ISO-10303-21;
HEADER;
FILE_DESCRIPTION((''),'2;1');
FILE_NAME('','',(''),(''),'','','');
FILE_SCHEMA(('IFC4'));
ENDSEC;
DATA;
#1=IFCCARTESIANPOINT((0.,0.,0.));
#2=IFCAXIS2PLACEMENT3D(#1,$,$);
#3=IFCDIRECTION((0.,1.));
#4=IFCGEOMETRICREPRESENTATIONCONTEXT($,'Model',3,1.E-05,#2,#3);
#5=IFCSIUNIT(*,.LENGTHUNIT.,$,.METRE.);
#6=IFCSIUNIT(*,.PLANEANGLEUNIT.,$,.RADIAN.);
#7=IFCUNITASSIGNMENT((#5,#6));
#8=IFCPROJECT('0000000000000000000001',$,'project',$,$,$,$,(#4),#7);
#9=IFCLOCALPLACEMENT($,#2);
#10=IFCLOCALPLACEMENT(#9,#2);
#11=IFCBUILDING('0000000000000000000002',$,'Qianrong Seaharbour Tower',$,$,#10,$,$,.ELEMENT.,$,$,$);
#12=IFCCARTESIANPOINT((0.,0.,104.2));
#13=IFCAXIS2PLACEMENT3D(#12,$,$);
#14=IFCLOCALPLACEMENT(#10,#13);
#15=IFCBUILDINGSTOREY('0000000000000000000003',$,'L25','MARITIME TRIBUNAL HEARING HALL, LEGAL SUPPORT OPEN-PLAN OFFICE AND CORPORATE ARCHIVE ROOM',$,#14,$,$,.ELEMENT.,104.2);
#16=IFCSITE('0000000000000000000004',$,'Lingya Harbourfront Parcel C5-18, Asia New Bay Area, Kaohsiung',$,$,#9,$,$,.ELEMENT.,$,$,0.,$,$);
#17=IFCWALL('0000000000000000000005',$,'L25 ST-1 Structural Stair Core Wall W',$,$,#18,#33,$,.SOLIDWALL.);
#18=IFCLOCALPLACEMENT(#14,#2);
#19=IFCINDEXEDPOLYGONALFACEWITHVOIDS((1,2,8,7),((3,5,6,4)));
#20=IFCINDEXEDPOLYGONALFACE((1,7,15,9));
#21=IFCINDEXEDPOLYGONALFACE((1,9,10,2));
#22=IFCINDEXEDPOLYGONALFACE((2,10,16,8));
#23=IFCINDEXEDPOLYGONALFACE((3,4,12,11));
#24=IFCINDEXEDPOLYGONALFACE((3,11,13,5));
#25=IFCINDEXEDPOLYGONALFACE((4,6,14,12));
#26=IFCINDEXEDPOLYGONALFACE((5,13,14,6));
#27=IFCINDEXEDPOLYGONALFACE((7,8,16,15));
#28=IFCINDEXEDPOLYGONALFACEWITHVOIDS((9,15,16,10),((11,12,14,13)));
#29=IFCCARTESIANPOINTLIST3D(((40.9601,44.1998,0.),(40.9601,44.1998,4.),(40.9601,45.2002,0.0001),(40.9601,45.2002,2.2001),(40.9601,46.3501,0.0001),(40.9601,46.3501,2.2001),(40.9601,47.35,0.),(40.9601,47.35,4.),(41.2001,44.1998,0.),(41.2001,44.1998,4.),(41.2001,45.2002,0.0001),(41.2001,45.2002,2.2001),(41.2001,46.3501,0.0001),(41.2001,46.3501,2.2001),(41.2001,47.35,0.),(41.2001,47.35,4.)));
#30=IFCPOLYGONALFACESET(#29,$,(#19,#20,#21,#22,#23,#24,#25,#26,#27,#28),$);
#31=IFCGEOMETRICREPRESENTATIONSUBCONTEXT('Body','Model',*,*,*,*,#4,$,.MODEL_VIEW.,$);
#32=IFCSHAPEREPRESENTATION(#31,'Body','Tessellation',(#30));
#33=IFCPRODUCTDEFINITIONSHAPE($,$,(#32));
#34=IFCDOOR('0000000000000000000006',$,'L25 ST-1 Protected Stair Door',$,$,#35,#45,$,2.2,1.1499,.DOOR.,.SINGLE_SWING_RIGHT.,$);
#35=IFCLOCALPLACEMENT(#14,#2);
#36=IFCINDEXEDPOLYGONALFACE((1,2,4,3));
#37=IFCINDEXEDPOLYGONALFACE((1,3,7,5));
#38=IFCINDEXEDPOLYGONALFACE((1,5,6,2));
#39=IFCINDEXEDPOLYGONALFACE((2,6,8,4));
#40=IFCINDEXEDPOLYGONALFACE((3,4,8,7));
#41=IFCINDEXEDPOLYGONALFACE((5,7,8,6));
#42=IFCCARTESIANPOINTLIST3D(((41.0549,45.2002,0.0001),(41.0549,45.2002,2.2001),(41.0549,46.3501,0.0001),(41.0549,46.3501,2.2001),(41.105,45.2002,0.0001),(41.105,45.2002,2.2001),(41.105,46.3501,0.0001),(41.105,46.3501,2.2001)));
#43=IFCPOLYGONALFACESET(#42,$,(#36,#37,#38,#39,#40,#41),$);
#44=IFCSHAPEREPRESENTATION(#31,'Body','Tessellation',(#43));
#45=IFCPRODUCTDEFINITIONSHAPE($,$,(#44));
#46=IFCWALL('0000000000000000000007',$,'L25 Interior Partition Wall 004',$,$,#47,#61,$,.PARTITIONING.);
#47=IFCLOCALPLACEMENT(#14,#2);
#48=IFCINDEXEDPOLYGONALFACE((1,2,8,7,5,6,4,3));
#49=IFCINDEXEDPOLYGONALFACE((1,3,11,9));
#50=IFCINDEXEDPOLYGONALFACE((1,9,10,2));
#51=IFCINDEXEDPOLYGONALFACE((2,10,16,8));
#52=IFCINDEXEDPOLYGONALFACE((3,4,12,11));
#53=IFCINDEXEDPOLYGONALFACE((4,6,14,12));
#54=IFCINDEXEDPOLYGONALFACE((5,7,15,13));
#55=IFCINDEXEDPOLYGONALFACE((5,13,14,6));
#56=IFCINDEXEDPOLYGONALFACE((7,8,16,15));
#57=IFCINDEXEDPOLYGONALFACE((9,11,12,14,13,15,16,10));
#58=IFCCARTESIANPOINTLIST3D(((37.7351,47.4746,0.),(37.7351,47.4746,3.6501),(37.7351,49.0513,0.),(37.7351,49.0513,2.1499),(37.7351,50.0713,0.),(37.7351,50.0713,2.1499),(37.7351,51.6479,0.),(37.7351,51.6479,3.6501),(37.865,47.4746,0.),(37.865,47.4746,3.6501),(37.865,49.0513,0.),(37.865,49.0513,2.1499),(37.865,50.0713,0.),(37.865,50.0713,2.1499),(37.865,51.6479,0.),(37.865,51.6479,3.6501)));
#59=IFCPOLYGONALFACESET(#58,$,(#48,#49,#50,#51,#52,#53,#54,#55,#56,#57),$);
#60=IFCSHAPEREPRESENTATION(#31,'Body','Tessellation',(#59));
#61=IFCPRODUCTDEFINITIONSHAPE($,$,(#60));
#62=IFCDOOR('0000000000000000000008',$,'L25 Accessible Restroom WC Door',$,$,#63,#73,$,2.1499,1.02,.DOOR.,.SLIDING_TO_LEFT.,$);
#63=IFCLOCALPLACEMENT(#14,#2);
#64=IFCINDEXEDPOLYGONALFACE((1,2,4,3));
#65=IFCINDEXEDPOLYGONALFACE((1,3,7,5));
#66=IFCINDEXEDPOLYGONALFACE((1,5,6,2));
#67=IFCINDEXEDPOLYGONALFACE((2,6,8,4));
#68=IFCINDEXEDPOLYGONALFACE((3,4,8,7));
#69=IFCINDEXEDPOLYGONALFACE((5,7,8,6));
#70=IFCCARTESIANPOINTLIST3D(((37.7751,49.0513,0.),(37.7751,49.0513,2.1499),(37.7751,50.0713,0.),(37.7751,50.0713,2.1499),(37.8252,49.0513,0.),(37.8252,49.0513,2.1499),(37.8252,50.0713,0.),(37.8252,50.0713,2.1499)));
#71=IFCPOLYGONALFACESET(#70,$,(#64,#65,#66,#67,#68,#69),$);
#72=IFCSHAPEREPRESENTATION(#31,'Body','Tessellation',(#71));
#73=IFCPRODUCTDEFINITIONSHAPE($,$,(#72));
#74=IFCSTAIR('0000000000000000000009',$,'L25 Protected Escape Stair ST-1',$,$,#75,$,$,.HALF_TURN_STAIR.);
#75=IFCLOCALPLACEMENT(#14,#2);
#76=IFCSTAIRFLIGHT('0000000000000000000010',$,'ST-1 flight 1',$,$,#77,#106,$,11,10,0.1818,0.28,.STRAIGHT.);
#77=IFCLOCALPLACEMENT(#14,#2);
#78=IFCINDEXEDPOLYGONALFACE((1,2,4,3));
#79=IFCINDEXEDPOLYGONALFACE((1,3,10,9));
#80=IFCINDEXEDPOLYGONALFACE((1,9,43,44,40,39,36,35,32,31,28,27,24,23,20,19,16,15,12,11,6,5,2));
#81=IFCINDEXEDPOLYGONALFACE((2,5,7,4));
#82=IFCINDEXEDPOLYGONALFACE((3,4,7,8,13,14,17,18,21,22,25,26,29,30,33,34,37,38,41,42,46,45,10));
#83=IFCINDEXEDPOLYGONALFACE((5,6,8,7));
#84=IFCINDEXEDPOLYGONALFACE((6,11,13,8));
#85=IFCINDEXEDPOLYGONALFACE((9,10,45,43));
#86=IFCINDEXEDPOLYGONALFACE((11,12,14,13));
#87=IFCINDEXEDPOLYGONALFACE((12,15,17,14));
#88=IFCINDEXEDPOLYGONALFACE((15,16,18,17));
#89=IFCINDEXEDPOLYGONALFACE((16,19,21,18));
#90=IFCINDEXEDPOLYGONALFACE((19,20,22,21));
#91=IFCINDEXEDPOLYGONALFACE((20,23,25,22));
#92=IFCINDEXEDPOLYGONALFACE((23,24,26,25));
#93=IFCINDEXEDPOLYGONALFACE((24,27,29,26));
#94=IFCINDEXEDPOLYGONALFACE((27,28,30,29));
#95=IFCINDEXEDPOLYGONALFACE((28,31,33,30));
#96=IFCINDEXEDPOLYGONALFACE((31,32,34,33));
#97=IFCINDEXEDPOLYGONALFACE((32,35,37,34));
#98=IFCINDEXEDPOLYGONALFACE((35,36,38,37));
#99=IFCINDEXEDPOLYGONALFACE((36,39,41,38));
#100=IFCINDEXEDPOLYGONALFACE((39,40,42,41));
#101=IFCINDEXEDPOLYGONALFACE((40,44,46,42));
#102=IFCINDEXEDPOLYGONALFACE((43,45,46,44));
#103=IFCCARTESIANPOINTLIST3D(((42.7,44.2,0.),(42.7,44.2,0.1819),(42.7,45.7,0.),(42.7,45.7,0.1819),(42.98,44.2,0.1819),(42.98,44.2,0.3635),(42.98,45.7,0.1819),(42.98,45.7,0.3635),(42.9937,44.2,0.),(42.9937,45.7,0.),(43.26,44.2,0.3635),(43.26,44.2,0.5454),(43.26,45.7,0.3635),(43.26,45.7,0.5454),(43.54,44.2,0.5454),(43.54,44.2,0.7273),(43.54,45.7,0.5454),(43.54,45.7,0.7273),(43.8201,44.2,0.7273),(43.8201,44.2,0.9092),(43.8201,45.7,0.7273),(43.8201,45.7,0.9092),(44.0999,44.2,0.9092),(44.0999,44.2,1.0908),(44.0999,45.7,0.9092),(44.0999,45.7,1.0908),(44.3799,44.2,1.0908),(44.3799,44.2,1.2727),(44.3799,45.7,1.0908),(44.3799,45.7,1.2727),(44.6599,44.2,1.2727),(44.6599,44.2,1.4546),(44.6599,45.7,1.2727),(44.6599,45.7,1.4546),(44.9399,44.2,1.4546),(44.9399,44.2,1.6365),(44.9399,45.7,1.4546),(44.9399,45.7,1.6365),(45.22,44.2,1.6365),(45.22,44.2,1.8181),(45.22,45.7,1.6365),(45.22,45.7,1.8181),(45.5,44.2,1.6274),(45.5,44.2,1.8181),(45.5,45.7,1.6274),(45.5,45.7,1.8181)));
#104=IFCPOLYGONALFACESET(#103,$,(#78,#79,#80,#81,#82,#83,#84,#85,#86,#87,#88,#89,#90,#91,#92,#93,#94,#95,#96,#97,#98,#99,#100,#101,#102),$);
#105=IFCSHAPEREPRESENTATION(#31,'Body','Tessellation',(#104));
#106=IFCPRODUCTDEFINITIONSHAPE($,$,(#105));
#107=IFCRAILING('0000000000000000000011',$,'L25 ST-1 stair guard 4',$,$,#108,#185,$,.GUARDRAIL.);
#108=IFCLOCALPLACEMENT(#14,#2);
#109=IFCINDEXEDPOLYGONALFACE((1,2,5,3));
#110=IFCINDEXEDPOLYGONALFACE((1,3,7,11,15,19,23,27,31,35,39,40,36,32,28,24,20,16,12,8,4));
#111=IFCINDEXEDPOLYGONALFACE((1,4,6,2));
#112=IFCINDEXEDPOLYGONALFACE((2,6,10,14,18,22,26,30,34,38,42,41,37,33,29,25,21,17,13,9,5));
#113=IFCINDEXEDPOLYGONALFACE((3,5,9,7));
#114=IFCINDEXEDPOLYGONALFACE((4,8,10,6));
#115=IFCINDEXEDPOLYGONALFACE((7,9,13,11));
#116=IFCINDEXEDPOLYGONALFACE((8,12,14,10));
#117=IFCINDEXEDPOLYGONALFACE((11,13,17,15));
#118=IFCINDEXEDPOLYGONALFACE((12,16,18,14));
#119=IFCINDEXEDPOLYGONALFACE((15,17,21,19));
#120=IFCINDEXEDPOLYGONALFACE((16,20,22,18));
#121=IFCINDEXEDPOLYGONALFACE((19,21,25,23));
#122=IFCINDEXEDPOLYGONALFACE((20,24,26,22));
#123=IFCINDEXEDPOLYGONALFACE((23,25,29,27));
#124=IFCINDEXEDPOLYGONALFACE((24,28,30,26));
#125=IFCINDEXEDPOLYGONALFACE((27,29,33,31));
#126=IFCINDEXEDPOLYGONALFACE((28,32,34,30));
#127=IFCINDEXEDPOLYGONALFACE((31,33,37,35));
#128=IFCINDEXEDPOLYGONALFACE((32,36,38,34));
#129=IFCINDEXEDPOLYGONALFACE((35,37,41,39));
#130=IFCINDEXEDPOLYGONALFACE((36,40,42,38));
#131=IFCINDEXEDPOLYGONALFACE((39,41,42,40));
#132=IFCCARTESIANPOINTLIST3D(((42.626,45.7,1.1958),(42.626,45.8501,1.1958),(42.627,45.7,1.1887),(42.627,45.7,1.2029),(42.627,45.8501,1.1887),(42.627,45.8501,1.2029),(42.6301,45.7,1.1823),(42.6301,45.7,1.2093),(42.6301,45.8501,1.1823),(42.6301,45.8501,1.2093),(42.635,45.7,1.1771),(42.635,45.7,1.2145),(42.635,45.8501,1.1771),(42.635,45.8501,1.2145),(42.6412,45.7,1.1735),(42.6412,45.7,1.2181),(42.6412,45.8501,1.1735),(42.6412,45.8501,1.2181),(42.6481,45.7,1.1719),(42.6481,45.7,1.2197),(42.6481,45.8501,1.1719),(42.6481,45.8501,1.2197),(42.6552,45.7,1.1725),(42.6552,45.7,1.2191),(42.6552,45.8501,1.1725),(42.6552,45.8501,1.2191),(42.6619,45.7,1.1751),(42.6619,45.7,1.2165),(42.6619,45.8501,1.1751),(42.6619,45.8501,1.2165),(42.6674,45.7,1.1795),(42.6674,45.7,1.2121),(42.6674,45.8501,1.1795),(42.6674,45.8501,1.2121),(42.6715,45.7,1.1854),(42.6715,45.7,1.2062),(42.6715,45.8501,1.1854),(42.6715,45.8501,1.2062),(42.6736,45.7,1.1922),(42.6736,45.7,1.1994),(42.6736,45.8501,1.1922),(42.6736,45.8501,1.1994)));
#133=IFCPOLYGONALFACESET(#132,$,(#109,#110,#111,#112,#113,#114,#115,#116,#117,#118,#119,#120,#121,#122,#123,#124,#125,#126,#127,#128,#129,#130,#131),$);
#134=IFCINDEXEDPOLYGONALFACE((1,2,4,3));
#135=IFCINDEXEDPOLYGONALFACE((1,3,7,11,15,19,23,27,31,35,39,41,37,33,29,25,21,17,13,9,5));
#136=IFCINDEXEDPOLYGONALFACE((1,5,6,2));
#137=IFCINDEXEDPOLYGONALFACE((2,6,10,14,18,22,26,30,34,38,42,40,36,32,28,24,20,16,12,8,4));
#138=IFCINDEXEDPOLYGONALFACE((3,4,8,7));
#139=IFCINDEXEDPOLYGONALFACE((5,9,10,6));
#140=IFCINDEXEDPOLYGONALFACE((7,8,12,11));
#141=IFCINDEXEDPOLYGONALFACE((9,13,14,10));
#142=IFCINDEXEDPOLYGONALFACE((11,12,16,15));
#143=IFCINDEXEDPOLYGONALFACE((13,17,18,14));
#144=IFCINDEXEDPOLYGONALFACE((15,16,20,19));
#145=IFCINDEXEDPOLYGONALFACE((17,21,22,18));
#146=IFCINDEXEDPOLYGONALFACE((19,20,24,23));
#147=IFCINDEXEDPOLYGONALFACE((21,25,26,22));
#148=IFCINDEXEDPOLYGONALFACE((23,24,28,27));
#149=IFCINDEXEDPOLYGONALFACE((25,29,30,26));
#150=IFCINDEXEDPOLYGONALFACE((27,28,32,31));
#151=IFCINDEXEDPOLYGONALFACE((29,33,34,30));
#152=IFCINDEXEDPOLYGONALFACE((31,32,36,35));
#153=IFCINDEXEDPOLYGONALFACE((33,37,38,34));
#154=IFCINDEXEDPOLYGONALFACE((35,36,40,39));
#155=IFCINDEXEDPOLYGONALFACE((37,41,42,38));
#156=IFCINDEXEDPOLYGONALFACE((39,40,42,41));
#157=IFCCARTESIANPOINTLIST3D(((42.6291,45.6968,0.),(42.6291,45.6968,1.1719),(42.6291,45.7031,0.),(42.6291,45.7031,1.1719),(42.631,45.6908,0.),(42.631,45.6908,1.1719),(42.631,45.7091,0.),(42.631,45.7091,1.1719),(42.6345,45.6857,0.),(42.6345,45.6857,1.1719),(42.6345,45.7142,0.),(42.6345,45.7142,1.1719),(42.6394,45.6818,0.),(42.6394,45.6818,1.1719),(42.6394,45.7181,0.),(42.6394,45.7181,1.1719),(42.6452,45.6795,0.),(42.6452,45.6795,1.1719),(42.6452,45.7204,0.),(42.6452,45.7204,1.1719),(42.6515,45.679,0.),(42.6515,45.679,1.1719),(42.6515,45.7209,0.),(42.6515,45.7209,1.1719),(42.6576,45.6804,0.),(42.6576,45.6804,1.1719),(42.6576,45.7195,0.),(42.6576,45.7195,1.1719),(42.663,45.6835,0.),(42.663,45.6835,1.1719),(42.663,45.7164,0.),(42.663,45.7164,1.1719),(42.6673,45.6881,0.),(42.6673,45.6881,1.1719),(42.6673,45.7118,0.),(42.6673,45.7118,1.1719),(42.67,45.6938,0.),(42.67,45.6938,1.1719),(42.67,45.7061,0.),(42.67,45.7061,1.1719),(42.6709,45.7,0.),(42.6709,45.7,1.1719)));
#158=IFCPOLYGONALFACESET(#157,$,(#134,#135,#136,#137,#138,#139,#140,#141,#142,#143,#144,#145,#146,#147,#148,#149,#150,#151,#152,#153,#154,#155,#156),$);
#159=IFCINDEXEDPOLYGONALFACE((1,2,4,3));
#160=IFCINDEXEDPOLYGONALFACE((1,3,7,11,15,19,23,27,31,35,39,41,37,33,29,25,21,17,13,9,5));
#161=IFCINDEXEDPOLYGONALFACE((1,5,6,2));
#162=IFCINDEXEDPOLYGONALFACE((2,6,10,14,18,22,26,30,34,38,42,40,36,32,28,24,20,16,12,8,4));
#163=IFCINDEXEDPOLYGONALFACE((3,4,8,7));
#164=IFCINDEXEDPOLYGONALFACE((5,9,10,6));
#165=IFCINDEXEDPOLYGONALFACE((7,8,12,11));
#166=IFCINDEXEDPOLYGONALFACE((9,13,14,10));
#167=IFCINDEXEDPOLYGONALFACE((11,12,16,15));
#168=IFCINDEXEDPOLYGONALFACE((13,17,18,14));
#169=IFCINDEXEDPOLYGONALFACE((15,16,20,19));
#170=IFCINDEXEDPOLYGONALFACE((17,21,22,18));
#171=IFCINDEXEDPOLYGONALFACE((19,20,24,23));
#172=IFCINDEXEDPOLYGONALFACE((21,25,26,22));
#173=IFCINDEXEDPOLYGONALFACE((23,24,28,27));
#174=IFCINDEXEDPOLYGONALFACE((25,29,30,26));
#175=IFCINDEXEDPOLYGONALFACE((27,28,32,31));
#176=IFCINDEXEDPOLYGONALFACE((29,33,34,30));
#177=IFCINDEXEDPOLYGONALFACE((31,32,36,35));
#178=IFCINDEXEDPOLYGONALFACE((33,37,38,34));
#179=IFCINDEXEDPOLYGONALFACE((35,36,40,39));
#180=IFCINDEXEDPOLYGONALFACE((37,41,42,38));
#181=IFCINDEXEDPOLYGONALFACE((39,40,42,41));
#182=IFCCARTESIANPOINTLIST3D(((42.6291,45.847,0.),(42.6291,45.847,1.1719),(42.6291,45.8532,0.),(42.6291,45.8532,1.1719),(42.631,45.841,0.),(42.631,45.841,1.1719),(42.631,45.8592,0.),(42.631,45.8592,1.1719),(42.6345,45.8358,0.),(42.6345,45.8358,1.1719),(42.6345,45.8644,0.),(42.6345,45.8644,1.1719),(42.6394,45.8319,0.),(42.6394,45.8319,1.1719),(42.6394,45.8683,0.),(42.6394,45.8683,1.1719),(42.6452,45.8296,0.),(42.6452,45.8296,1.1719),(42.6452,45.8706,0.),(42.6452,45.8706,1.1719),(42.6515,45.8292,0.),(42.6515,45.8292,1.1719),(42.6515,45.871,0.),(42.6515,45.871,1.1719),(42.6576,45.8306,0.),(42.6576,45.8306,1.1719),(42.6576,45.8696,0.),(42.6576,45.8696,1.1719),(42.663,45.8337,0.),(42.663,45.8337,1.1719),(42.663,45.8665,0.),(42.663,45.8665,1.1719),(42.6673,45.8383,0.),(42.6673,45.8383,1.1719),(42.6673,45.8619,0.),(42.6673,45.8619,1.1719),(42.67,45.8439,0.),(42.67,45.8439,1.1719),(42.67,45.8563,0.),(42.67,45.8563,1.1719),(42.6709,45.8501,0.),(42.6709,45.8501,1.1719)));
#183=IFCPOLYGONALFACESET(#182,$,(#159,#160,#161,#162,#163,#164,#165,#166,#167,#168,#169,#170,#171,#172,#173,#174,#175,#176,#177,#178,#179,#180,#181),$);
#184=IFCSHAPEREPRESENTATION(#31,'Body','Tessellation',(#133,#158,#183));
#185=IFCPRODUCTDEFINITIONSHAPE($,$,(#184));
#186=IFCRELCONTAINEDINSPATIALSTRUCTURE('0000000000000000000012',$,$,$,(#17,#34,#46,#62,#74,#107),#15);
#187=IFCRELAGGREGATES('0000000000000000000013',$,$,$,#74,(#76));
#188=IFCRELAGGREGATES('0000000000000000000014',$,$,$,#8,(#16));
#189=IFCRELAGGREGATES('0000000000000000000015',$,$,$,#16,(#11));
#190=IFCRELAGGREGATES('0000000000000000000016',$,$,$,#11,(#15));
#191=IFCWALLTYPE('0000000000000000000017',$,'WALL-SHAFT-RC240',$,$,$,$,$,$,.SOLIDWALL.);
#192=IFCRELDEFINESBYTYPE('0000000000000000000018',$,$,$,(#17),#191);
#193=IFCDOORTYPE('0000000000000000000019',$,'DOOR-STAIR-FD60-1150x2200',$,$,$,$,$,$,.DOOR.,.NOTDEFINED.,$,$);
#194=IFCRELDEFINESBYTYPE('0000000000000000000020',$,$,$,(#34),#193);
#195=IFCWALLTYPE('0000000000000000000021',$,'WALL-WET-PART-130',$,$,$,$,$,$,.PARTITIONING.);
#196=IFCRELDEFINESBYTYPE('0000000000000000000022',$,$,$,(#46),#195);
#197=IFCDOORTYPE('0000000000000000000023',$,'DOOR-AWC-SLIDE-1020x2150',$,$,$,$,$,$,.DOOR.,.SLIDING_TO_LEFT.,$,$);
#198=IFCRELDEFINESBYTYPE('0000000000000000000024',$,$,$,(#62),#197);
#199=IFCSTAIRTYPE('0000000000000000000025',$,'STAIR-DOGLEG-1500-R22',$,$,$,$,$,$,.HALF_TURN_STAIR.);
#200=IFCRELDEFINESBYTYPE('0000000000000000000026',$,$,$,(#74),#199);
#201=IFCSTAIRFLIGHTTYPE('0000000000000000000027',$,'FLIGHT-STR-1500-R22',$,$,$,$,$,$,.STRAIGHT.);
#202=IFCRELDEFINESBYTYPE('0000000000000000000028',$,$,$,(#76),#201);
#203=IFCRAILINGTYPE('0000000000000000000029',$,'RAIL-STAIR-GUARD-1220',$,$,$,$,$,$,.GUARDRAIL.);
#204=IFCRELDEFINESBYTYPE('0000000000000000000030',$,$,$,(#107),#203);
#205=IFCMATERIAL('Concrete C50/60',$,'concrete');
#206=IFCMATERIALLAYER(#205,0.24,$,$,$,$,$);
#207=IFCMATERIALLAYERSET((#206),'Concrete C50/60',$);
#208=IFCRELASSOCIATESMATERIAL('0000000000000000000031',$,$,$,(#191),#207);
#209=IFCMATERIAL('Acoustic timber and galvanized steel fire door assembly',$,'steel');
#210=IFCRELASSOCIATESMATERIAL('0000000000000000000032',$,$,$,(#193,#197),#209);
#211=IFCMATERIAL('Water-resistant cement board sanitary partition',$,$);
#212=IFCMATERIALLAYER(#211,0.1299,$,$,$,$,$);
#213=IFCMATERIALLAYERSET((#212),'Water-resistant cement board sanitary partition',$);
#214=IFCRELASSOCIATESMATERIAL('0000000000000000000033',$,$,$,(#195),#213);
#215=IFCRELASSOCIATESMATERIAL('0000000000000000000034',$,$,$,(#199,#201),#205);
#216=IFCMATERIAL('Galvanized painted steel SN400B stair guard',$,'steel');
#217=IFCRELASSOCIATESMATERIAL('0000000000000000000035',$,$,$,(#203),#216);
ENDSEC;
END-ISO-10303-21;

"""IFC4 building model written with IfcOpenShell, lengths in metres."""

from ifc_helpers import new_model, si_unit, direction, frame, frame_2d, origin, origin_2d, place, context, subcontext, project, spatial, polyline, rectangle, circle, outline, extrude, material, layer, layer_set, type_object, element, fill, aggregate, save


model = new_model("IFC4")

# Units and contexts
model_context = context("Model", 3, precision=1e-05, world=origin(), true_north=direction((0.0, 1.0)))
body_context = subcontext(model_context, "Body", "Model", "MODEL_VIEW")
ifc_project = project(units=[si_unit("LENGTHUNIT", "METRE"), si_unit("PLANEANGLEUNIT", "RADIAN")], contexts=[model_context])

# Site, building, storey
site_placement = place(None, origin())
site = spatial("IfcSite", under=ifc_project, at=site_placement, Name="Lingya Harbourfront Parcel C5-18, Asia New Bay Area, Kaohsiung", CompositionType="ELEMENT", RefElevation=0.0)
building_placement = place(site_placement, origin())
building = spatial("IfcBuilding", under=site, at=building_placement, Name="Qianrong Seaharbour Tower", CompositionType="ELEMENT")
storey_placement = place(building_placement, frame((0.0, 0.0, 104.2)))
storey = spatial("IfcBuildingStorey", under=building, at=storey_placement, Name="L25", Description="MARITIME TRIBUNAL HEARING HALL, LEGAL SUPPORT OPEN-PLAN OFFICE AND CORPORATE ARCHIVE ROOM", CompositionType="ELEMENT", Elevation=104.2)

# Shared definitions
ifc_material_1 = material(Name="Acoustic timber and galvanized steel fire door assembly", Category="steel")

# Shared definitions
ifc_material_2 = material(Name="Concrete C50/60", Category="concrete")
ifc_layer_1 = layer(ifc_material_2, 0.24)
ifc_layer_set_1 = layer_set([ifc_layer_1], Name="Concrete C50/60")
wall_type_1 = type_object("IfcWallType", Name="WALL-SHAFT-RC240", PredefinedType="SOLIDWALL", material=ifc_layer_set_1)

# Walls, openings, doors
wall_1_placement = place(storey_placement, frame((41.0801, 47.3501, 0.0), z_axis=(0.0, 0.0, 1.0), x_axis=(0.0, -1.0, 0.0)))
wall_1 = element("IfcWall", 1, at=wall_1_placement, inside=storey, type_object=wall_type_1, Name="L25 ST-1 Structural Stair Core Wall W", PredefinedType="SOLIDWALL", context=body_context, shape_type="SweptSolid", body=[
    extrude(rectangle(XDim=3.1501, YDim=0.24, at=frame_2d((1.5752, 0.0))), origin(), (0.0, 0.0, 1.0), 4.0),
])
opening_1_placement = place(wall_1_placement, frame((1.0, 0.0, 0.0)))
opening_1 = element("IfcOpeningElement", 2, at=opening_1_placement, cuts=wall_1, PredefinedType="OPENING", context=body_context, shape_type="SweptSolid", body=[
    extrude(rectangle(XDim=1.1499, YDim=2.2, at=frame_2d((0.575, 1.1001))), frame((0.0, 0.1299, 0.0), z_axis=(0.0, -1.0, 0.0), x_axis=(1.0, 0.0, 0.0)), (0.0, 0.0, 1.0), 0.26),
])
door_type_1 = type_object("IfcDoorType", Name="DOOR-STAIR-FD60-1150x2200", OperationType="NOTDEFINED", PredefinedType="DOOR", material=ifc_material_1)
door_1_placement = place(opening_1_placement, origin())
door_1 = element("IfcDoor", 3, at=door_1_placement, inside=storey, type_object=door_type_1, Name="L25 ST-1 Protected Stair Door", OperationType="SINGLE_SWING_RIGHT", OverallHeight=2.2, OverallWidth=1.1499, PredefinedType="DOOR", context=body_context, shape_type="SweptSolid", body=[
    extrude(rectangle(XDim=1.1499, YDim=2.2, at=frame_2d((0.575, 1.1001))), frame((0.0, 0.0249, 0.0), z_axis=(0.0, -1.0, 0.0), x_axis=(1.0, 0.0, 0.0)), (0.0, 0.0, 1.0), 0.05),
])
fill(opening_1, door_1)
ifc_material_3 = material(Name="Water-resistant cement board sanitary partition")
ifc_layer_2 = layer(ifc_material_3, 0.1299)
ifc_layer_set_2 = layer_set([ifc_layer_2], Name="Water-resistant cement board sanitary partition")
wall_type_2 = type_object("IfcWallType", Name="WALL-WET-PART-130", PredefinedType="PARTITIONING", material=ifc_layer_set_2)
wall_2_placement = place(storey_placement, frame((37.8, 47.4746, 0.0), z_axis=(0.0, 0.0, 1.0), x_axis=(0.0, 1.0, 0.0)))
wall_2 = element("IfcWall", 4, at=wall_2_placement, inside=storey, type_object=wall_type_2, Name="L25 Interior Partition Wall 004", PredefinedType="PARTITIONING", context=body_context, shape_type="SweptSolid", body=[
    extrude(rectangle(XDim=4.1733, YDim=0.1299, at=frame_2d((2.0867, 0.0))), origin(), (0.0, 0.0, 1.0), 3.6501),
])
opening_2_placement = place(wall_2_placement, frame((1.5767, 0.0, 0.0)))
opening_2 = element("IfcOpeningElement", 5, at=opening_2_placement, cuts=wall_2, PredefinedType="OPENING", context=body_context, shape_type="SweptSolid", body=[
    extrude(rectangle(XDim=1.02, YDim=2.1499, at=frame_2d((0.51, 1.075))), frame((0.0, 0.075, 0.0), z_axis=(0.0, -1.0, 0.0), x_axis=(1.0, 0.0, 0.0)), (0.0, 0.0, 1.0), 0.1499),
])
door_type_2 = type_object("IfcDoorType", Name="DOOR-AWC-SLIDE-1020x2150", OperationType="SLIDING_TO_LEFT", PredefinedType="DOOR", material=ifc_material_1)
door_2_placement = place(opening_2_placement, origin())
door_2 = element("IfcDoor", 6, at=door_2_placement, inside=storey, type_object=door_type_2, Name="L25 Accessible Restroom WC Door", OperationType="SLIDING_TO_LEFT", OverallHeight=2.1499, OverallWidth=1.02, PredefinedType="DOOR", context=body_context, shape_type="SweptSolid", body=[
    extrude(rectangle(XDim=1.02, YDim=2.1499, at=frame_2d((0.51, 1.075))), frame((0.0, 0.0249, 0.0), z_axis=(0.0, -1.0, 0.0), x_axis=(1.0, 0.0, 0.0)), (0.0, 0.0, 1.0), 0.05),
])
fill(opening_2, door_2)

# Stair, stair flight
stair_type = type_object("IfcStairType", Name="STAIR-DOGLEG-1500-R22", PredefinedType="HALF_TURN_STAIR", material=ifc_material_2)
stair_placement = place(storey_placement, origin())
stair = element("IfcStair", 7, at=stair_placement, inside=storey, type_object=stair_type, Name="L25 Protected Escape Stair ST-1", PredefinedType="HALF_TURN_STAIR")
stair_flight_type = type_object("IfcStairFlightType", Name="FLIGHT-STR-1500-R22", PredefinedType="STRAIGHT", material=ifc_material_2)
stair_flight_placement = place(storey_placement, frame((42.7, 44.95, 0.0), z_axis=(0.0, 0.0, 1.0), x_axis=(1.0, 0.0, 0.0)))
stair_flight = element("IfcStairFlight", 8, at=stair_flight_placement, type_object=stair_flight_type, Name="ST-1 flight 1", NumberOfRisers=11, NumberOfTreads=10, PredefinedType="STRAIGHT", RiserHeight=0.1818, TreadLength=0.28, context=body_context, shape_type="SweptSolid", body=[
    extrude(outline(polyline([(0.0, 0.0), (0.0, 0.1819), (0.28, 0.1819), (0.28, 0.3635), (0.5601, 0.3635), (0.5601, 0.5454), (0.8401, 0.5454), (0.8401, 0.7273), (1.1201, 0.7273), (1.1201, 0.9092), (1.3999, 0.9092), (1.3999, 1.0908), (1.6799, 1.0908), (1.6799, 1.2727), (1.96, 1.2727), (1.96, 1.4546), (2.24, 1.4546), (2.24, 1.6365), (2.52, 1.6365), (2.52, 1.8181), (2.8, 1.8181), (2.8, 2.0), (2.8, 1.6274), (0.2937, 0.0), (0.0, 0.0)])), frame((0.0, 0.75, 0.0), z_axis=(0.0, -1.0, 0.0), x_axis=(1.0, 0.0, 0.0)), (0.0, 0.0, 1.0), 1.5),
])
aggregate(stair, [stair_flight])

# Railing
ifc_material_4 = material(Name="Galvanized painted steel SN400B stair guard", Category="steel")
railing_type = type_object("IfcRailingType", Name="RAIL-STAIR-GUARD-1220", PredefinedType="GUARDRAIL", material=ifc_material_4)
railing_placement = place(storey_placement, frame((42.6499, 45.7, 0.0)))
element("IfcRailing", 9, at=railing_placement, inside=storey, type_object=railing_type, Name="L25 ST-1 stair guard 4", PredefinedType="GUARDRAIL", context=body_context, shape_type="SweptSolid", body=[
    extrude(circle(Radius=0.0239, at=origin_2d()), frame((0.0, 0.0, 1.1958), z_axis=(0.0, 1.0, 0.0), x_axis=(-1.0, 0.0, 0.0)), (0.0, 0.0, 1.0), 0.1501),
    extrude(circle(Radius=0.021, at=origin_2d()), origin(), (0.0, 0.0, 1.0), 1.1719),
    extrude(circle(Radius=0.021, at=origin_2d()), frame((0.0, 0.1501, 0.0)), (0.0, 0.0, 1.0), 1.1719),
])

save(model, "model.ifc")
